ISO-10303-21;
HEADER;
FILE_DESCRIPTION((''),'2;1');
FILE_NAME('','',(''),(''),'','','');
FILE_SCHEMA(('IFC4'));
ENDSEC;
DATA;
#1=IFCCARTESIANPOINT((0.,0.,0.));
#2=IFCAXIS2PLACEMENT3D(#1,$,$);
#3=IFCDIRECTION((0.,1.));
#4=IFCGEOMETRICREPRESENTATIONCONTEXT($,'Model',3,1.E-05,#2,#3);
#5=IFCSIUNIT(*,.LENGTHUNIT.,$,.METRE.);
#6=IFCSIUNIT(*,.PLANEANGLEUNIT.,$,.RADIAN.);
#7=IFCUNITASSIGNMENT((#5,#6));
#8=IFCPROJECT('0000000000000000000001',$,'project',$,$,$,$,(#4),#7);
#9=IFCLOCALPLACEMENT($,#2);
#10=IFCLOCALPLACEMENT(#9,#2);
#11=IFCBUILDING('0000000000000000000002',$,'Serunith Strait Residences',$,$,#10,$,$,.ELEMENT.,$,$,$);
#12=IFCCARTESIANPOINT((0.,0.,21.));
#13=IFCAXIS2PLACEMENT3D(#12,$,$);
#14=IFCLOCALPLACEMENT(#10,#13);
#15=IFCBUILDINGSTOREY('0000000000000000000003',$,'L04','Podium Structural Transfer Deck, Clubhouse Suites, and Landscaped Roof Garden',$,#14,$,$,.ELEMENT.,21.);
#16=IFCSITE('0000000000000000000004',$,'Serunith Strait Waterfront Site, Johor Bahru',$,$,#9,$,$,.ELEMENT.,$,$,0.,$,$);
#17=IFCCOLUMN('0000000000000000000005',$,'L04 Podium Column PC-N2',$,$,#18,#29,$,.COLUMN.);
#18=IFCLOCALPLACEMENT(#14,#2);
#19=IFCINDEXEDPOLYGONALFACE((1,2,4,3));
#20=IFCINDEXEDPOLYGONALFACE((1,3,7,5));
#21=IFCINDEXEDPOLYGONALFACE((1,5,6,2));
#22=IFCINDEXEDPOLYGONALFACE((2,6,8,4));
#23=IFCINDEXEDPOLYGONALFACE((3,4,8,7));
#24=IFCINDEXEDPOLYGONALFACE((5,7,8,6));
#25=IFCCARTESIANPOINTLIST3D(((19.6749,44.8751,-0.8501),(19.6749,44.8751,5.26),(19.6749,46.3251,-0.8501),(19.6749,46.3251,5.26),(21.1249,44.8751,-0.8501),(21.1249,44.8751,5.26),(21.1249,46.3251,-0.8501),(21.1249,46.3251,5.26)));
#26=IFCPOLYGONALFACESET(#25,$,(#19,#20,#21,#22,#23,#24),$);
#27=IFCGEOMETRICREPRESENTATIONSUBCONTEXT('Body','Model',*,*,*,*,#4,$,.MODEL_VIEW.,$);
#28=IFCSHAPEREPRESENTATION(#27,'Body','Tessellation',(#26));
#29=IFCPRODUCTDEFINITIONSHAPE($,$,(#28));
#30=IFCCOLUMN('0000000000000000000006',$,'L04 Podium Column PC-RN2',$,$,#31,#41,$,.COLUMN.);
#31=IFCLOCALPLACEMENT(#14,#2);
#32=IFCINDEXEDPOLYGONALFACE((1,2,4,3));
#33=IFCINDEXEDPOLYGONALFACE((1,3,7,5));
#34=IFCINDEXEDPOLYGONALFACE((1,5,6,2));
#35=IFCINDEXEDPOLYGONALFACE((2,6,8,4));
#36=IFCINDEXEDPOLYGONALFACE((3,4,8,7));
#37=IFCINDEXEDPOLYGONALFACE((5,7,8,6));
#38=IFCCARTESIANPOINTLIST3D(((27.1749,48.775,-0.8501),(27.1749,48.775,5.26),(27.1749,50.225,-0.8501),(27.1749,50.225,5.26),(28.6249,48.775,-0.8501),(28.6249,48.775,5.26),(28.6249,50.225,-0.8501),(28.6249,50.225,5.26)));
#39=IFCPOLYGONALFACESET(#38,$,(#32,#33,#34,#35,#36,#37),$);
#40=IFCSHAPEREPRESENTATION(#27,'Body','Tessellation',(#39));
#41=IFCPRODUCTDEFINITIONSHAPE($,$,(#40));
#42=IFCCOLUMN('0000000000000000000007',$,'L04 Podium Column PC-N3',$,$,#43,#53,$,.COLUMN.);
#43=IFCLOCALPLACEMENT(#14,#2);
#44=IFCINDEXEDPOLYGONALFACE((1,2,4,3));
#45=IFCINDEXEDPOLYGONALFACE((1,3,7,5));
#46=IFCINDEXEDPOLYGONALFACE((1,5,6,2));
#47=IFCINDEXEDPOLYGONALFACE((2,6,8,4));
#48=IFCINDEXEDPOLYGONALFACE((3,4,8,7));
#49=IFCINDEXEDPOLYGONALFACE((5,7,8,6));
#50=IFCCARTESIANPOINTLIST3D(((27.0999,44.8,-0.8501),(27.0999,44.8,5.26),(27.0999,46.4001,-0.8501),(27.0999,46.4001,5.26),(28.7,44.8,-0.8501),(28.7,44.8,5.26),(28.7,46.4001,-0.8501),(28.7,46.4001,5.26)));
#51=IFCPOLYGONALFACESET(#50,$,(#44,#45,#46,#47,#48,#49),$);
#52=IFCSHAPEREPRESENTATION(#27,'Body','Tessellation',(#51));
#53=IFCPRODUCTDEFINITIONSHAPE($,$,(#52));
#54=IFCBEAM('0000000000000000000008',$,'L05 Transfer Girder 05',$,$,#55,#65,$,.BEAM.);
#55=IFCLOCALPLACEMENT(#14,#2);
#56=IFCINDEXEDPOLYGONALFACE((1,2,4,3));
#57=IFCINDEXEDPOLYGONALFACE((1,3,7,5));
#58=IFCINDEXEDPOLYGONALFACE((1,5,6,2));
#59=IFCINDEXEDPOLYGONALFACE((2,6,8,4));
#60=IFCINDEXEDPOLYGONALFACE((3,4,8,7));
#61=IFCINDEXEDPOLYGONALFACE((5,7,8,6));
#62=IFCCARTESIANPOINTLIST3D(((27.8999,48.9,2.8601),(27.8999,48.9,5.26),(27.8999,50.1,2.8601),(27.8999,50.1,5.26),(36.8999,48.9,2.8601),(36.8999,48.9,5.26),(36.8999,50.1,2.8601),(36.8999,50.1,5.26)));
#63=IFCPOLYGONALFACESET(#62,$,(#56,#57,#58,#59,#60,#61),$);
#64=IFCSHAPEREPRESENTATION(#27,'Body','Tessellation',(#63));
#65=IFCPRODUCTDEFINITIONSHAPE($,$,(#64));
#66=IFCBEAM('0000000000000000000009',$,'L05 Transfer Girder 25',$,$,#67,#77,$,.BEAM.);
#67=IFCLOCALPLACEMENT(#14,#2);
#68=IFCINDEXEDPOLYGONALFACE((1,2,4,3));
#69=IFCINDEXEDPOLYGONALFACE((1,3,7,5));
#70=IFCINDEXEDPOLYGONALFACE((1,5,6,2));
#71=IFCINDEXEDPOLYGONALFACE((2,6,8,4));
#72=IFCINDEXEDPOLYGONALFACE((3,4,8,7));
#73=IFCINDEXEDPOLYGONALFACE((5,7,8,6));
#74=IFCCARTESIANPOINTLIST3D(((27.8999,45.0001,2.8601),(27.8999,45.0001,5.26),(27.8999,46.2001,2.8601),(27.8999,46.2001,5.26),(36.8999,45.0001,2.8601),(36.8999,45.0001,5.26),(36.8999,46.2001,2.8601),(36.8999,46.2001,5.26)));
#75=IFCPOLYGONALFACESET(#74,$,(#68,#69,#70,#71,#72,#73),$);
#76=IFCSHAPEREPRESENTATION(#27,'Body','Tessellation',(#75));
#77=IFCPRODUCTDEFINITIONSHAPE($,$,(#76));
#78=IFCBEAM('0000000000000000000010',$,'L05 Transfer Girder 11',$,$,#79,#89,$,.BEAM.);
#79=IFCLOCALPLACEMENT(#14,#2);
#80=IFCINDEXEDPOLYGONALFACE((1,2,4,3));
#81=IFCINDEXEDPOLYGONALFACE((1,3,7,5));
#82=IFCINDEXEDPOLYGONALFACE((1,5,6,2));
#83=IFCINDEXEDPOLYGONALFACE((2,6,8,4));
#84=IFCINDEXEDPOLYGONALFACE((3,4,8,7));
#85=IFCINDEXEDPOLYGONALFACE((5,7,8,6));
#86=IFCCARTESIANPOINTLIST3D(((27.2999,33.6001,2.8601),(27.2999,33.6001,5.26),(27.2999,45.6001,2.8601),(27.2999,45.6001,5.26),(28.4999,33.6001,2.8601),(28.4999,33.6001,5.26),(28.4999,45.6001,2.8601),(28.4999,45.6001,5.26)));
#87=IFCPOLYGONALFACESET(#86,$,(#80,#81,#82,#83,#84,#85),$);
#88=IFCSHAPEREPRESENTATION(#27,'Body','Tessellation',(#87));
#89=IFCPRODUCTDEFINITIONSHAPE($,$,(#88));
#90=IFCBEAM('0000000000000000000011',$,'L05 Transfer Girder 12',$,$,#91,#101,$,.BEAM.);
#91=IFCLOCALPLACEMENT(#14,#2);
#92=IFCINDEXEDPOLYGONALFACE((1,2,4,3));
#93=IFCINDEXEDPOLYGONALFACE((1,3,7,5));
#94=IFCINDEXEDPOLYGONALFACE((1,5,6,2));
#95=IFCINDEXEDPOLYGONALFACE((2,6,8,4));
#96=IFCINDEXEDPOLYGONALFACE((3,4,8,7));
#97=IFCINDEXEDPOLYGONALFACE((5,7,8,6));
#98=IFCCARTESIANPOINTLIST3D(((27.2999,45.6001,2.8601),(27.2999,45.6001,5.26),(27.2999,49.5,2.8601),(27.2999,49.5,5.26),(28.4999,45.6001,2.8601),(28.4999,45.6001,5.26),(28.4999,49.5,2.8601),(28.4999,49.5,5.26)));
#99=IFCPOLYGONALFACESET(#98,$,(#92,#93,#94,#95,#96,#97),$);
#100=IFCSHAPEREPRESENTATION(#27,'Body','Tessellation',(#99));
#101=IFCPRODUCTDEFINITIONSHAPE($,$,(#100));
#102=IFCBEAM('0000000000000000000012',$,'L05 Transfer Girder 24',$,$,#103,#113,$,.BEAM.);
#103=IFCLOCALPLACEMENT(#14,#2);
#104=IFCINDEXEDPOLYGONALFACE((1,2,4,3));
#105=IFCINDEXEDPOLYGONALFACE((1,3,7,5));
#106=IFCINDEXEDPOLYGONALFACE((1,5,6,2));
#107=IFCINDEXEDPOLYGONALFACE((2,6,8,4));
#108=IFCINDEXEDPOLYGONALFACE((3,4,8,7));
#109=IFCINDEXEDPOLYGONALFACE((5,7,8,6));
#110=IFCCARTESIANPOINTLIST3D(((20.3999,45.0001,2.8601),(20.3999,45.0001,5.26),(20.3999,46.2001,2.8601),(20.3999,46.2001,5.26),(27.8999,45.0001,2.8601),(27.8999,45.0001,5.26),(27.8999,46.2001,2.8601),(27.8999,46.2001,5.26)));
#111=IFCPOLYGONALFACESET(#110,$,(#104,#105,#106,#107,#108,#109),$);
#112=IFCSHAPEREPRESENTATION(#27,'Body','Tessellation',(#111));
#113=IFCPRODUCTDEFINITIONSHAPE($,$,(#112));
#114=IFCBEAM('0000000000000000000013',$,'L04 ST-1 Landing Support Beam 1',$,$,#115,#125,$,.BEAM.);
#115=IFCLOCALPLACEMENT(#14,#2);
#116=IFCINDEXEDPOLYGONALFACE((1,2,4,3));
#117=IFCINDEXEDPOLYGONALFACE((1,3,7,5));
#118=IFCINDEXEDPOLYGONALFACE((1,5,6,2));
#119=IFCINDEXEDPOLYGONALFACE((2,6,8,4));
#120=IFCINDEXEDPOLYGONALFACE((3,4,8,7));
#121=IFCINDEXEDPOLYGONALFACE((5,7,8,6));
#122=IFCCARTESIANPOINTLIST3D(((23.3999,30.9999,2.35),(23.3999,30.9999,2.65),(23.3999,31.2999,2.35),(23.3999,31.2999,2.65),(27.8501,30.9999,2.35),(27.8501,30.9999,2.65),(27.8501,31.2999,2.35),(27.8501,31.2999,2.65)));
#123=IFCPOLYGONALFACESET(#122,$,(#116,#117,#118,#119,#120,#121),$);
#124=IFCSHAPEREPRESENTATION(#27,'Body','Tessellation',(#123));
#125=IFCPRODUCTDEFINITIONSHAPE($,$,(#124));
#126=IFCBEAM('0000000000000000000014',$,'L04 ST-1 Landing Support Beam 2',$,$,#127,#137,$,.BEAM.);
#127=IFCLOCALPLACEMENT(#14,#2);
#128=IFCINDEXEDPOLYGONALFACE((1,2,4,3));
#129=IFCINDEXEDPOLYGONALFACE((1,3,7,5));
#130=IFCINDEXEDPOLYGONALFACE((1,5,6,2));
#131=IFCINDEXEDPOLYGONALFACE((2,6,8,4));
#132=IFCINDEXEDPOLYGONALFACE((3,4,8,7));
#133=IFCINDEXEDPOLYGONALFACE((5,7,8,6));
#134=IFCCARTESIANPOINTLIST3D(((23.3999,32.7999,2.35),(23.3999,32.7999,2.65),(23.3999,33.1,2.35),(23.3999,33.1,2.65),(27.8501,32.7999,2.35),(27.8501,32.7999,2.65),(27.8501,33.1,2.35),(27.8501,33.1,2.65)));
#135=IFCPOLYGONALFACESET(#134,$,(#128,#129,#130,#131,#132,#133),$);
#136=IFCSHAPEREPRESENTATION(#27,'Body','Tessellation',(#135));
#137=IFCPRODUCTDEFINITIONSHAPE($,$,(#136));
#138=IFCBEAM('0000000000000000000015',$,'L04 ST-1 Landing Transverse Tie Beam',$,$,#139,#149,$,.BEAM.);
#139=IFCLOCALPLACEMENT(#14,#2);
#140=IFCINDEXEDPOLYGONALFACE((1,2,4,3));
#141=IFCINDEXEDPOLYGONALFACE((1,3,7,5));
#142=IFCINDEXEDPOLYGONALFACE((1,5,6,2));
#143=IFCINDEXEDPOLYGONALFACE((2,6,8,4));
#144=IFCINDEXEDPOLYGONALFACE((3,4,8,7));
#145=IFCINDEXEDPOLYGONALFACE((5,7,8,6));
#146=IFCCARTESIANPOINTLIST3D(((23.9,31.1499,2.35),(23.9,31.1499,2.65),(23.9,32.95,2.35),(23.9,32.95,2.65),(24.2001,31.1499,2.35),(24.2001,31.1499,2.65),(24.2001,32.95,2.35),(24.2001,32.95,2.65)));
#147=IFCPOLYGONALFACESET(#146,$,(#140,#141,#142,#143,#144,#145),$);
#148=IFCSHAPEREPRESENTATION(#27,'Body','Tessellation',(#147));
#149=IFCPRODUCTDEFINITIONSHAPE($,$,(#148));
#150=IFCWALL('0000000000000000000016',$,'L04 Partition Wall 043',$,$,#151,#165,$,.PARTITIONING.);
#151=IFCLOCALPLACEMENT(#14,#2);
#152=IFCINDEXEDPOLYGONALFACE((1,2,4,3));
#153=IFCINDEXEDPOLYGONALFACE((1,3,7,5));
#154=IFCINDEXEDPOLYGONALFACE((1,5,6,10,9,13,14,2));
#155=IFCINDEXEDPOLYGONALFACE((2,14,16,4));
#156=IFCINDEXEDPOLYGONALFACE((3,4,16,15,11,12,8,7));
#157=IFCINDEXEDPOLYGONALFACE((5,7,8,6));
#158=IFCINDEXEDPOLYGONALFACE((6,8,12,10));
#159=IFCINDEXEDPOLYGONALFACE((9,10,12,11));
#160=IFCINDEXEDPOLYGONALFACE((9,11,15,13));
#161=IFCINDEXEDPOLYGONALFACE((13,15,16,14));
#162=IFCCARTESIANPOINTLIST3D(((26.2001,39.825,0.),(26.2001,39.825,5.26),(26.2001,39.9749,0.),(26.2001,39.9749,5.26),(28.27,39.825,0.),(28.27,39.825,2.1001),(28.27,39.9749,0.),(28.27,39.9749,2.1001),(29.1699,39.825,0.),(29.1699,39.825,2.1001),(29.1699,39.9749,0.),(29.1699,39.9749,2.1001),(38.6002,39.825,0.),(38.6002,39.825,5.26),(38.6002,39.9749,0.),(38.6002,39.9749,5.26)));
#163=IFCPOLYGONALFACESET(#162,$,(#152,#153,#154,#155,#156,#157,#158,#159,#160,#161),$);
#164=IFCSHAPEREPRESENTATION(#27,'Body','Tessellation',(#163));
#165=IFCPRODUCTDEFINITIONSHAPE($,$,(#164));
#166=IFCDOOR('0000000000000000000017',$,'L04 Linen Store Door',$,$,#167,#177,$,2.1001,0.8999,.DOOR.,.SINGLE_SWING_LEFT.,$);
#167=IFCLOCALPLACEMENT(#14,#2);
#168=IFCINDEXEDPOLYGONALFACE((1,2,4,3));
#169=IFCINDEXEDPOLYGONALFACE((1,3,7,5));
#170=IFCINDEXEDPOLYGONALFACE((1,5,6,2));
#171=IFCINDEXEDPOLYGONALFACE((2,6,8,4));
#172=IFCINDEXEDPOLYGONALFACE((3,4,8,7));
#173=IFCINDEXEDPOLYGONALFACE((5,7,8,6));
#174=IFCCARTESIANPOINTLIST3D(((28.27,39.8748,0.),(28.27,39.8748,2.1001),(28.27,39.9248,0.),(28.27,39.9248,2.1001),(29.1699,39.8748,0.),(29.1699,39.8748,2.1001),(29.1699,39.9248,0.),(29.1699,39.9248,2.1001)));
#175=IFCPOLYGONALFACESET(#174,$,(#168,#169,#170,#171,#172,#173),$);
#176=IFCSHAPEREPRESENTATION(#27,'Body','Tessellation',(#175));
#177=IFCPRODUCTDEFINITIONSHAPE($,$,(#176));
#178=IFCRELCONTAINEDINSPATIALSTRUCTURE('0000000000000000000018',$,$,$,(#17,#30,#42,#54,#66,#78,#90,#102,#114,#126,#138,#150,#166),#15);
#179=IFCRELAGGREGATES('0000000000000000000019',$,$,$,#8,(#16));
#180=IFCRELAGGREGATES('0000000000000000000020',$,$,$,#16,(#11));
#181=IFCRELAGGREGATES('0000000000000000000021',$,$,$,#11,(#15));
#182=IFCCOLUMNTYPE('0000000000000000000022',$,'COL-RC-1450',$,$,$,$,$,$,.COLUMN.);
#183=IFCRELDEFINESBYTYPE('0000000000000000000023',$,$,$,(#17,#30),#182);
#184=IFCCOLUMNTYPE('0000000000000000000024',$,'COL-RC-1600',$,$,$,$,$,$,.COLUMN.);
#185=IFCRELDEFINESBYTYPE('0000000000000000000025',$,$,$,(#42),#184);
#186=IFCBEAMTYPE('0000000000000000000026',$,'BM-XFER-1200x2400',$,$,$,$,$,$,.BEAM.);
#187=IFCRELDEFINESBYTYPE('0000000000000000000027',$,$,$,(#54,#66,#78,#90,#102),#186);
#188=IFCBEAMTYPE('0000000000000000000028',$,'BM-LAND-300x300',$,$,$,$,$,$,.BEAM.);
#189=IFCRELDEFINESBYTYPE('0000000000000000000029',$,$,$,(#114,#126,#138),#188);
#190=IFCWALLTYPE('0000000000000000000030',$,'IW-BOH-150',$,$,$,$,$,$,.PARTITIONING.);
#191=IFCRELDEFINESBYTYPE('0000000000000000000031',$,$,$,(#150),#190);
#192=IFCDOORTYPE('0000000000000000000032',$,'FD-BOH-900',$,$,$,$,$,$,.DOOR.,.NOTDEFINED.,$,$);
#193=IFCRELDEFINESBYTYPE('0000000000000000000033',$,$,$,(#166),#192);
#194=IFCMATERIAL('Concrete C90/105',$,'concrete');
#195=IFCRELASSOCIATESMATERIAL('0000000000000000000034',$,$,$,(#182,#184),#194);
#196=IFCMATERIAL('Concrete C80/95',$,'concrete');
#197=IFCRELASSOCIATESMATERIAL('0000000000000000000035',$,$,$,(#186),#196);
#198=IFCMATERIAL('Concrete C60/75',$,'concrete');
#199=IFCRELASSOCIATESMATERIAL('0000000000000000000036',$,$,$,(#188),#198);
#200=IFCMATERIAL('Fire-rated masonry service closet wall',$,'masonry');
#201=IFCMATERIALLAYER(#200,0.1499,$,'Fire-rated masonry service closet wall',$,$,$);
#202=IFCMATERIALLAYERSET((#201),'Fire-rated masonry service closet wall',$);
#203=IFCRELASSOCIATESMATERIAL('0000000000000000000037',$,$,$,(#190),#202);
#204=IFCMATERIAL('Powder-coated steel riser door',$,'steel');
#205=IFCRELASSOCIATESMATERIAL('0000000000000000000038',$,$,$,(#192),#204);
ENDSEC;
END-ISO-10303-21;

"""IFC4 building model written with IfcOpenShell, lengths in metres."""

from ifc_helpers import new_model, si_unit, direction, frame, frame_2d, origin, origin_2d, place, context, subcontext, project, spatial, rectangle, extrude, source, transform, mapped, material, layer, layer_set, material_profile, profile_set, type_object, element, fill, save


model = new_model("IFC4")

# Units and contexts
model_context = context("Model", 3, precision=1e-05, world=origin(), true_north=direction((0.0, 1.0)))
body_context = subcontext(model_context, "Body", "Model", "MODEL_VIEW")
ifc_project = project(units=[si_unit("LENGTHUNIT", "METRE"), si_unit("PLANEANGLEUNIT", "RADIAN")], contexts=[model_context])

# Site, building, storey
site_placement = place(None, origin())
site = spatial("IfcSite", under=ifc_project, at=site_placement, Name="Serunith Strait Waterfront Site, Johor Bahru", CompositionType="ELEMENT", RefElevation=0.0)
building_placement = place(site_placement, origin())
building = spatial("IfcBuilding", under=site, at=building_placement, Name="Serunith Strait Residences", CompositionType="ELEMENT")
storey_placement = place(building_placement, frame((0.0, 0.0, 21.0)))
storey = spatial("IfcBuildingStorey", under=building, at=storey_placement, Name="L04", Description="Podium Structural Transfer Deck, Clubhouse Suites, and Landscaped Roof Garden", CompositionType="ELEMENT", Elevation=21.0)

# Columns
ifc_material_1 = material(Name="Concrete C90/105", Category="concrete")
ifc_material_profile_1 = material_profile(ifc_material_1, rectangle(XDim=1.45, YDim=1.45, at=origin_2d()), Name="RC 1450x1450")
ifc_profile_set_1 = profile_set([ifc_material_profile_1], Name="Concrete C90/105")
column_type_1 = type_object("IfcColumnType", Name="COL-RC-1450", PredefinedType="COLUMN", material=ifc_profile_set_1)
shared_shape_1 = source(origin(), body_context, "Body", "SweptSolid", [
    extrude(rectangle(XDim=1.45, YDim=1.45, at=origin_2d()), origin(), (0.0, 0.0, 1.0), 6.1101),
])
for number, where, z_axis, x_axis, name in (
    (1, (20.3999, 45.6001, -0.8501), (0.0, 0.0, 1.0), (1.0, 0.0, 0.0), "L04 Podium Column PC-N2"),
    (2, (27.8999, 49.5, -0.8501), (0.0, 0.0, 1.0), (1.0, 0.0, 0.0), "L04 Podium Column PC-RN2"),
):
    element("IfcColumn", number, at=place(storey_placement, frame(where, z_axis=z_axis, x_axis=x_axis)), inside=storey, type_object=column_type_1, Name=name, PredefinedType="COLUMN", context=body_context, shape_type="MappedRepresentation", body=[
        mapped(shared_shape_1, transform((0.0, 0.0, 0.0), scale=1.0)),
    ])
ifc_material_profile_2 = material_profile(ifc_material_1, rectangle(XDim=1.6001, YDim=1.6001, at=origin_2d()), Name="RC 1600x1600")
ifc_profile_set_2 = profile_set([ifc_material_profile_2], Name="Concrete C90/105")
column_type_2 = type_object("IfcColumnType", Name="COL-RC-1600", PredefinedType="COLUMN", material=ifc_profile_set_2)
shared_shape_2 = source(origin(), body_context, "Body", "SweptSolid", [
    extrude(rectangle(XDim=1.6001, YDim=1.6001, at=origin_2d()), origin(), (0.0, 0.0, 1.0), 6.1101),
])
column_placement = place(storey_placement, frame((27.8999, 45.6001, -0.8501), z_axis=(0.0, 0.0, 1.0), x_axis=(1.0, 0.0, 0.0)))
element("IfcColumn", 3, at=column_placement, inside=storey, type_object=column_type_2, Name="L04 Podium Column PC-N3", PredefinedType="COLUMN", context=body_context, shape_type="MappedRepresentation", body=[
    mapped(shared_shape_2, transform((0.0, 0.0, 0.0), scale=1.0)),
])

# Beams
ifc_material_2 = material(Name="Concrete C80/95", Category="concrete")
ifc_material_profile_3 = material_profile(ifc_material_2, rectangle(XDim=1.2, YDim=2.3999, at=origin_2d()), Name="RC 1200x2400")
ifc_profile_set_3 = profile_set([ifc_material_profile_3], Name="Concrete C80/95")
beam_type_1 = type_object("IfcBeamType", Name="BM-XFER-1200x2400", PredefinedType="BEAM", material=ifc_profile_set_3)
shared_shape_3 = source(origin(), body_context, "Body", "SweptSolid", [
    extrude(rectangle(XDim=1.2, YDim=2.3999, at=origin_2d()), origin(), (0.0, 0.0, 1.0), 9.0),
])
for number, where, z_axis, x_axis, name in (
    (4, (27.8999, 49.5, 4.0601), (1.0, 0.0, 0.0), (0.0, 1.0, 0.0), "L05 Transfer Girder 05"),
    (5, (27.8999, 45.6001, 4.0601), (1.0, 0.0, 0.0), (0.0, 1.0, 0.0), "L05 Transfer Girder 25"),
):
    element("IfcBeam", number, at=place(storey_placement, frame(where, z_axis=z_axis, x_axis=x_axis)), inside=storey, type_object=beam_type_1, Name=name, PredefinedType="BEAM", context=body_context, shape_type="MappedRepresentation", body=[
        mapped(shared_shape_3, transform((0.0, 0.0, 0.0), scale=1.0)),
    ])
shared_shape_4 = source(origin(), body_context, "Body", "SweptSolid", [
    extrude(rectangle(XDim=1.2, YDim=2.3999, at=origin_2d()), origin(), (0.0, 0.0, 1.0), 12.0),
])
beam_1_placement = place(storey_placement, frame((27.8999, 33.6001, 4.0601), z_axis=(0.0, 1.0, 0.0), x_axis=(-1.0, 0.0, 0.0)))
element("IfcBeam", 6, at=beam_1_placement, inside=storey, type_object=beam_type_1, Name="L05 Transfer Girder 11", PredefinedType="BEAM", context=body_context, shape_type="MappedRepresentation", body=[
    mapped(shared_shape_4, transform((0.0, 0.0, 0.0), scale=1.0)),
])
shared_shape_5 = source(origin(), body_context, "Body", "SweptSolid", [
    extrude(rectangle(XDim=1.2, YDim=2.3999, at=origin_2d()), origin(), (0.0, 0.0, 1.0), 3.8999),
])
beam_2_placement = place(storey_placement, frame((27.8999, 45.6001, 4.0601), z_axis=(0.0, 1.0, 0.0), x_axis=(-1.0, 0.0, 0.0)))
element("IfcBeam", 7, at=beam_2_placement, inside=storey, type_object=beam_type_1, Name="L05 Transfer Girder 12", PredefinedType="BEAM", context=body_context, shape_type="MappedRepresentation", body=[
    mapped(shared_shape_5, transform((0.0, 0.0, 0.0), scale=1.0)),
])
shared_shape_6 = source(origin(), body_context, "Body", "SweptSolid", [
    extrude(rectangle(XDim=1.2, YDim=2.3999, at=origin_2d()), origin(), (0.0, 0.0, 1.0), 7.5),
])
beam_3_placement = place(storey_placement, frame((20.3999, 45.6001, 4.0601), z_axis=(1.0, 0.0, 0.0), x_axis=(0.0, 1.0, 0.0)))
element("IfcBeam", 8, at=beam_3_placement, inside=storey, type_object=beam_type_1, Name="L05 Transfer Girder 24", PredefinedType="BEAM", context=body_context, shape_type="MappedRepresentation", body=[
    mapped(shared_shape_6, transform((0.0, 0.0, 0.0), scale=1.0)),
])
ifc_material_3 = material(Name="Concrete C60/75", Category="concrete")
ifc_material_profile_4 = material_profile(ifc_material_3, rectangle(XDim=0.3, YDim=0.3, at=origin_2d()), Name="RC 300x300")
ifc_profile_set_4 = profile_set([ifc_material_profile_4], Name="Concrete C60/75")
beam_type_2 = type_object("IfcBeamType", Name="BM-LAND-300x300", PredefinedType="BEAM", material=ifc_profile_set_4)
shared_shape_7 = source(origin(), body_context, "Body", "SweptSolid", [
    extrude(rectangle(XDim=0.3, YDim=0.3, at=origin_2d()), origin(), (0.0, 0.0, 1.0), 4.4502),
])
for number, where, z_axis, x_axis, name in (
    (9, (23.3999, 31.1499, 2.5), (1.0, 0.0, 0.0), (0.0, 1.0, 0.0), "L04 ST-1 Landing Support Beam 1"),
    (10, (23.3999, 32.95, 2.5), (1.0, 0.0, 0.0), (0.0, 1.0, 0.0), "L04 ST-1 Landing Support Beam 2"),
):
    element("IfcBeam", number, at=place(storey_placement, frame(where, z_axis=z_axis, x_axis=x_axis)), inside=storey, type_object=beam_type_2, Name=name, PredefinedType="BEAM", context=body_context, shape_type="MappedRepresentation", body=[
        mapped(shared_shape_7, transform((0.0, 0.0, 0.0), scale=1.0)),
    ])
shared_shape_8 = source(origin(), body_context, "Body", "SweptSolid", [
    extrude(rectangle(XDim=0.3, YDim=0.3, at=origin_2d()), origin(), (0.0, 0.0, 1.0), 1.8),
])
beam_4_placement = place(storey_placement, frame((24.05, 31.1499, 2.5), z_axis=(0.0, 1.0, 0.0), x_axis=(-1.0, 0.0, 0.0)))
element("IfcBeam", 11, at=beam_4_placement, inside=storey, type_object=beam_type_2, Name="L04 ST-1 Landing Transverse Tie Beam", PredefinedType="BEAM", context=body_context, shape_type="MappedRepresentation", body=[
    mapped(shared_shape_8, transform((0.0, 0.0, 0.0), scale=1.0)),
])

# Wall, opening, door
ifc_material_4 = material(Name="Fire-rated masonry service closet wall", Category="masonry")
ifc_layer_1 = layer(ifc_material_4, 0.1499, Name="Fire-rated masonry service closet wall")
ifc_layer_set_1 = layer_set([ifc_layer_1], Name="Fire-rated masonry service closet wall")
wall_type_1 = type_object("IfcWallType", Name="IW-BOH-150", PredefinedType="PARTITIONING", material=ifc_layer_set_1)
wall_1_placement = place(storey_placement, frame((26.2, 39.8999, 0.0), z_axis=(0.0, 0.0, 1.0), x_axis=(1.0, 0.0, 0.0)))
wall_1 = element("IfcWall", 12, at=wall_1_placement, inside=storey, type_object=wall_type_1, Name="L04 Partition Wall 043", PredefinedType="PARTITIONING", context=body_context, shape_type="SweptSolid", body=[
    extrude(rectangle(XDim=12.4001, YDim=0.1499, at=frame_2d((6.2002, 0.0))), origin(), (0.0, 0.0, 1.0), 5.26),
])
opening_1_placement = place(wall_1_placement, frame((2.0701, 0.0, 0.0)))
opening_1 = element("IfcOpeningElement", 13, at=opening_1_placement, cuts=wall_1, PredefinedType="OPENING", context=body_context, shape_type="SweptSolid", body=[
    extrude(rectangle(XDim=0.8999, YDim=2.1001, at=frame_2d((0.45, 1.05))), frame((0.0, 0.085, 0.0), z_axis=(0.0, -1.0, 0.0), x_axis=(1.0, 0.0, 0.0)), (0.0, 0.0, 1.0), 0.1699),
])
ifc_material_5 = material(Name="Powder-coated steel riser door", Category="steel")
door_type_1 = type_object("IfcDoorType", Name="FD-BOH-900", OperationType="NOTDEFINED", PredefinedType="DOOR", material=ifc_material_5)
shared_shape_9 = source(origin(), body_context, "Body", "SweptSolid", [
    extrude(rectangle(XDim=0.8999, YDim=2.1001, at=frame_2d((0.45, 1.05))), frame((0.0, 0.0249, 0.0), z_axis=(0.0, -1.0, 0.0), x_axis=(1.0, 0.0, 0.0)), (0.0, 0.0, 1.0), 0.05),
])
door_1_placement = place(opening_1_placement, origin())
door_1 = element("IfcDoor", 14, at=door_1_placement, inside=storey, type_object=door_type_1, Name="L04 Linen Store Door", OperationType="SINGLE_SWING_LEFT", OverallHeight=2.1001, OverallWidth=0.8999, PredefinedType="DOOR", context=body_context, shape_type="MappedRepresentation", body=[
    mapped(shared_shape_9, transform((0.0, 0.0, 0.0), scale=1.0)),
])
fill(opening_1, door_1)

save(model, "model.ifc")
